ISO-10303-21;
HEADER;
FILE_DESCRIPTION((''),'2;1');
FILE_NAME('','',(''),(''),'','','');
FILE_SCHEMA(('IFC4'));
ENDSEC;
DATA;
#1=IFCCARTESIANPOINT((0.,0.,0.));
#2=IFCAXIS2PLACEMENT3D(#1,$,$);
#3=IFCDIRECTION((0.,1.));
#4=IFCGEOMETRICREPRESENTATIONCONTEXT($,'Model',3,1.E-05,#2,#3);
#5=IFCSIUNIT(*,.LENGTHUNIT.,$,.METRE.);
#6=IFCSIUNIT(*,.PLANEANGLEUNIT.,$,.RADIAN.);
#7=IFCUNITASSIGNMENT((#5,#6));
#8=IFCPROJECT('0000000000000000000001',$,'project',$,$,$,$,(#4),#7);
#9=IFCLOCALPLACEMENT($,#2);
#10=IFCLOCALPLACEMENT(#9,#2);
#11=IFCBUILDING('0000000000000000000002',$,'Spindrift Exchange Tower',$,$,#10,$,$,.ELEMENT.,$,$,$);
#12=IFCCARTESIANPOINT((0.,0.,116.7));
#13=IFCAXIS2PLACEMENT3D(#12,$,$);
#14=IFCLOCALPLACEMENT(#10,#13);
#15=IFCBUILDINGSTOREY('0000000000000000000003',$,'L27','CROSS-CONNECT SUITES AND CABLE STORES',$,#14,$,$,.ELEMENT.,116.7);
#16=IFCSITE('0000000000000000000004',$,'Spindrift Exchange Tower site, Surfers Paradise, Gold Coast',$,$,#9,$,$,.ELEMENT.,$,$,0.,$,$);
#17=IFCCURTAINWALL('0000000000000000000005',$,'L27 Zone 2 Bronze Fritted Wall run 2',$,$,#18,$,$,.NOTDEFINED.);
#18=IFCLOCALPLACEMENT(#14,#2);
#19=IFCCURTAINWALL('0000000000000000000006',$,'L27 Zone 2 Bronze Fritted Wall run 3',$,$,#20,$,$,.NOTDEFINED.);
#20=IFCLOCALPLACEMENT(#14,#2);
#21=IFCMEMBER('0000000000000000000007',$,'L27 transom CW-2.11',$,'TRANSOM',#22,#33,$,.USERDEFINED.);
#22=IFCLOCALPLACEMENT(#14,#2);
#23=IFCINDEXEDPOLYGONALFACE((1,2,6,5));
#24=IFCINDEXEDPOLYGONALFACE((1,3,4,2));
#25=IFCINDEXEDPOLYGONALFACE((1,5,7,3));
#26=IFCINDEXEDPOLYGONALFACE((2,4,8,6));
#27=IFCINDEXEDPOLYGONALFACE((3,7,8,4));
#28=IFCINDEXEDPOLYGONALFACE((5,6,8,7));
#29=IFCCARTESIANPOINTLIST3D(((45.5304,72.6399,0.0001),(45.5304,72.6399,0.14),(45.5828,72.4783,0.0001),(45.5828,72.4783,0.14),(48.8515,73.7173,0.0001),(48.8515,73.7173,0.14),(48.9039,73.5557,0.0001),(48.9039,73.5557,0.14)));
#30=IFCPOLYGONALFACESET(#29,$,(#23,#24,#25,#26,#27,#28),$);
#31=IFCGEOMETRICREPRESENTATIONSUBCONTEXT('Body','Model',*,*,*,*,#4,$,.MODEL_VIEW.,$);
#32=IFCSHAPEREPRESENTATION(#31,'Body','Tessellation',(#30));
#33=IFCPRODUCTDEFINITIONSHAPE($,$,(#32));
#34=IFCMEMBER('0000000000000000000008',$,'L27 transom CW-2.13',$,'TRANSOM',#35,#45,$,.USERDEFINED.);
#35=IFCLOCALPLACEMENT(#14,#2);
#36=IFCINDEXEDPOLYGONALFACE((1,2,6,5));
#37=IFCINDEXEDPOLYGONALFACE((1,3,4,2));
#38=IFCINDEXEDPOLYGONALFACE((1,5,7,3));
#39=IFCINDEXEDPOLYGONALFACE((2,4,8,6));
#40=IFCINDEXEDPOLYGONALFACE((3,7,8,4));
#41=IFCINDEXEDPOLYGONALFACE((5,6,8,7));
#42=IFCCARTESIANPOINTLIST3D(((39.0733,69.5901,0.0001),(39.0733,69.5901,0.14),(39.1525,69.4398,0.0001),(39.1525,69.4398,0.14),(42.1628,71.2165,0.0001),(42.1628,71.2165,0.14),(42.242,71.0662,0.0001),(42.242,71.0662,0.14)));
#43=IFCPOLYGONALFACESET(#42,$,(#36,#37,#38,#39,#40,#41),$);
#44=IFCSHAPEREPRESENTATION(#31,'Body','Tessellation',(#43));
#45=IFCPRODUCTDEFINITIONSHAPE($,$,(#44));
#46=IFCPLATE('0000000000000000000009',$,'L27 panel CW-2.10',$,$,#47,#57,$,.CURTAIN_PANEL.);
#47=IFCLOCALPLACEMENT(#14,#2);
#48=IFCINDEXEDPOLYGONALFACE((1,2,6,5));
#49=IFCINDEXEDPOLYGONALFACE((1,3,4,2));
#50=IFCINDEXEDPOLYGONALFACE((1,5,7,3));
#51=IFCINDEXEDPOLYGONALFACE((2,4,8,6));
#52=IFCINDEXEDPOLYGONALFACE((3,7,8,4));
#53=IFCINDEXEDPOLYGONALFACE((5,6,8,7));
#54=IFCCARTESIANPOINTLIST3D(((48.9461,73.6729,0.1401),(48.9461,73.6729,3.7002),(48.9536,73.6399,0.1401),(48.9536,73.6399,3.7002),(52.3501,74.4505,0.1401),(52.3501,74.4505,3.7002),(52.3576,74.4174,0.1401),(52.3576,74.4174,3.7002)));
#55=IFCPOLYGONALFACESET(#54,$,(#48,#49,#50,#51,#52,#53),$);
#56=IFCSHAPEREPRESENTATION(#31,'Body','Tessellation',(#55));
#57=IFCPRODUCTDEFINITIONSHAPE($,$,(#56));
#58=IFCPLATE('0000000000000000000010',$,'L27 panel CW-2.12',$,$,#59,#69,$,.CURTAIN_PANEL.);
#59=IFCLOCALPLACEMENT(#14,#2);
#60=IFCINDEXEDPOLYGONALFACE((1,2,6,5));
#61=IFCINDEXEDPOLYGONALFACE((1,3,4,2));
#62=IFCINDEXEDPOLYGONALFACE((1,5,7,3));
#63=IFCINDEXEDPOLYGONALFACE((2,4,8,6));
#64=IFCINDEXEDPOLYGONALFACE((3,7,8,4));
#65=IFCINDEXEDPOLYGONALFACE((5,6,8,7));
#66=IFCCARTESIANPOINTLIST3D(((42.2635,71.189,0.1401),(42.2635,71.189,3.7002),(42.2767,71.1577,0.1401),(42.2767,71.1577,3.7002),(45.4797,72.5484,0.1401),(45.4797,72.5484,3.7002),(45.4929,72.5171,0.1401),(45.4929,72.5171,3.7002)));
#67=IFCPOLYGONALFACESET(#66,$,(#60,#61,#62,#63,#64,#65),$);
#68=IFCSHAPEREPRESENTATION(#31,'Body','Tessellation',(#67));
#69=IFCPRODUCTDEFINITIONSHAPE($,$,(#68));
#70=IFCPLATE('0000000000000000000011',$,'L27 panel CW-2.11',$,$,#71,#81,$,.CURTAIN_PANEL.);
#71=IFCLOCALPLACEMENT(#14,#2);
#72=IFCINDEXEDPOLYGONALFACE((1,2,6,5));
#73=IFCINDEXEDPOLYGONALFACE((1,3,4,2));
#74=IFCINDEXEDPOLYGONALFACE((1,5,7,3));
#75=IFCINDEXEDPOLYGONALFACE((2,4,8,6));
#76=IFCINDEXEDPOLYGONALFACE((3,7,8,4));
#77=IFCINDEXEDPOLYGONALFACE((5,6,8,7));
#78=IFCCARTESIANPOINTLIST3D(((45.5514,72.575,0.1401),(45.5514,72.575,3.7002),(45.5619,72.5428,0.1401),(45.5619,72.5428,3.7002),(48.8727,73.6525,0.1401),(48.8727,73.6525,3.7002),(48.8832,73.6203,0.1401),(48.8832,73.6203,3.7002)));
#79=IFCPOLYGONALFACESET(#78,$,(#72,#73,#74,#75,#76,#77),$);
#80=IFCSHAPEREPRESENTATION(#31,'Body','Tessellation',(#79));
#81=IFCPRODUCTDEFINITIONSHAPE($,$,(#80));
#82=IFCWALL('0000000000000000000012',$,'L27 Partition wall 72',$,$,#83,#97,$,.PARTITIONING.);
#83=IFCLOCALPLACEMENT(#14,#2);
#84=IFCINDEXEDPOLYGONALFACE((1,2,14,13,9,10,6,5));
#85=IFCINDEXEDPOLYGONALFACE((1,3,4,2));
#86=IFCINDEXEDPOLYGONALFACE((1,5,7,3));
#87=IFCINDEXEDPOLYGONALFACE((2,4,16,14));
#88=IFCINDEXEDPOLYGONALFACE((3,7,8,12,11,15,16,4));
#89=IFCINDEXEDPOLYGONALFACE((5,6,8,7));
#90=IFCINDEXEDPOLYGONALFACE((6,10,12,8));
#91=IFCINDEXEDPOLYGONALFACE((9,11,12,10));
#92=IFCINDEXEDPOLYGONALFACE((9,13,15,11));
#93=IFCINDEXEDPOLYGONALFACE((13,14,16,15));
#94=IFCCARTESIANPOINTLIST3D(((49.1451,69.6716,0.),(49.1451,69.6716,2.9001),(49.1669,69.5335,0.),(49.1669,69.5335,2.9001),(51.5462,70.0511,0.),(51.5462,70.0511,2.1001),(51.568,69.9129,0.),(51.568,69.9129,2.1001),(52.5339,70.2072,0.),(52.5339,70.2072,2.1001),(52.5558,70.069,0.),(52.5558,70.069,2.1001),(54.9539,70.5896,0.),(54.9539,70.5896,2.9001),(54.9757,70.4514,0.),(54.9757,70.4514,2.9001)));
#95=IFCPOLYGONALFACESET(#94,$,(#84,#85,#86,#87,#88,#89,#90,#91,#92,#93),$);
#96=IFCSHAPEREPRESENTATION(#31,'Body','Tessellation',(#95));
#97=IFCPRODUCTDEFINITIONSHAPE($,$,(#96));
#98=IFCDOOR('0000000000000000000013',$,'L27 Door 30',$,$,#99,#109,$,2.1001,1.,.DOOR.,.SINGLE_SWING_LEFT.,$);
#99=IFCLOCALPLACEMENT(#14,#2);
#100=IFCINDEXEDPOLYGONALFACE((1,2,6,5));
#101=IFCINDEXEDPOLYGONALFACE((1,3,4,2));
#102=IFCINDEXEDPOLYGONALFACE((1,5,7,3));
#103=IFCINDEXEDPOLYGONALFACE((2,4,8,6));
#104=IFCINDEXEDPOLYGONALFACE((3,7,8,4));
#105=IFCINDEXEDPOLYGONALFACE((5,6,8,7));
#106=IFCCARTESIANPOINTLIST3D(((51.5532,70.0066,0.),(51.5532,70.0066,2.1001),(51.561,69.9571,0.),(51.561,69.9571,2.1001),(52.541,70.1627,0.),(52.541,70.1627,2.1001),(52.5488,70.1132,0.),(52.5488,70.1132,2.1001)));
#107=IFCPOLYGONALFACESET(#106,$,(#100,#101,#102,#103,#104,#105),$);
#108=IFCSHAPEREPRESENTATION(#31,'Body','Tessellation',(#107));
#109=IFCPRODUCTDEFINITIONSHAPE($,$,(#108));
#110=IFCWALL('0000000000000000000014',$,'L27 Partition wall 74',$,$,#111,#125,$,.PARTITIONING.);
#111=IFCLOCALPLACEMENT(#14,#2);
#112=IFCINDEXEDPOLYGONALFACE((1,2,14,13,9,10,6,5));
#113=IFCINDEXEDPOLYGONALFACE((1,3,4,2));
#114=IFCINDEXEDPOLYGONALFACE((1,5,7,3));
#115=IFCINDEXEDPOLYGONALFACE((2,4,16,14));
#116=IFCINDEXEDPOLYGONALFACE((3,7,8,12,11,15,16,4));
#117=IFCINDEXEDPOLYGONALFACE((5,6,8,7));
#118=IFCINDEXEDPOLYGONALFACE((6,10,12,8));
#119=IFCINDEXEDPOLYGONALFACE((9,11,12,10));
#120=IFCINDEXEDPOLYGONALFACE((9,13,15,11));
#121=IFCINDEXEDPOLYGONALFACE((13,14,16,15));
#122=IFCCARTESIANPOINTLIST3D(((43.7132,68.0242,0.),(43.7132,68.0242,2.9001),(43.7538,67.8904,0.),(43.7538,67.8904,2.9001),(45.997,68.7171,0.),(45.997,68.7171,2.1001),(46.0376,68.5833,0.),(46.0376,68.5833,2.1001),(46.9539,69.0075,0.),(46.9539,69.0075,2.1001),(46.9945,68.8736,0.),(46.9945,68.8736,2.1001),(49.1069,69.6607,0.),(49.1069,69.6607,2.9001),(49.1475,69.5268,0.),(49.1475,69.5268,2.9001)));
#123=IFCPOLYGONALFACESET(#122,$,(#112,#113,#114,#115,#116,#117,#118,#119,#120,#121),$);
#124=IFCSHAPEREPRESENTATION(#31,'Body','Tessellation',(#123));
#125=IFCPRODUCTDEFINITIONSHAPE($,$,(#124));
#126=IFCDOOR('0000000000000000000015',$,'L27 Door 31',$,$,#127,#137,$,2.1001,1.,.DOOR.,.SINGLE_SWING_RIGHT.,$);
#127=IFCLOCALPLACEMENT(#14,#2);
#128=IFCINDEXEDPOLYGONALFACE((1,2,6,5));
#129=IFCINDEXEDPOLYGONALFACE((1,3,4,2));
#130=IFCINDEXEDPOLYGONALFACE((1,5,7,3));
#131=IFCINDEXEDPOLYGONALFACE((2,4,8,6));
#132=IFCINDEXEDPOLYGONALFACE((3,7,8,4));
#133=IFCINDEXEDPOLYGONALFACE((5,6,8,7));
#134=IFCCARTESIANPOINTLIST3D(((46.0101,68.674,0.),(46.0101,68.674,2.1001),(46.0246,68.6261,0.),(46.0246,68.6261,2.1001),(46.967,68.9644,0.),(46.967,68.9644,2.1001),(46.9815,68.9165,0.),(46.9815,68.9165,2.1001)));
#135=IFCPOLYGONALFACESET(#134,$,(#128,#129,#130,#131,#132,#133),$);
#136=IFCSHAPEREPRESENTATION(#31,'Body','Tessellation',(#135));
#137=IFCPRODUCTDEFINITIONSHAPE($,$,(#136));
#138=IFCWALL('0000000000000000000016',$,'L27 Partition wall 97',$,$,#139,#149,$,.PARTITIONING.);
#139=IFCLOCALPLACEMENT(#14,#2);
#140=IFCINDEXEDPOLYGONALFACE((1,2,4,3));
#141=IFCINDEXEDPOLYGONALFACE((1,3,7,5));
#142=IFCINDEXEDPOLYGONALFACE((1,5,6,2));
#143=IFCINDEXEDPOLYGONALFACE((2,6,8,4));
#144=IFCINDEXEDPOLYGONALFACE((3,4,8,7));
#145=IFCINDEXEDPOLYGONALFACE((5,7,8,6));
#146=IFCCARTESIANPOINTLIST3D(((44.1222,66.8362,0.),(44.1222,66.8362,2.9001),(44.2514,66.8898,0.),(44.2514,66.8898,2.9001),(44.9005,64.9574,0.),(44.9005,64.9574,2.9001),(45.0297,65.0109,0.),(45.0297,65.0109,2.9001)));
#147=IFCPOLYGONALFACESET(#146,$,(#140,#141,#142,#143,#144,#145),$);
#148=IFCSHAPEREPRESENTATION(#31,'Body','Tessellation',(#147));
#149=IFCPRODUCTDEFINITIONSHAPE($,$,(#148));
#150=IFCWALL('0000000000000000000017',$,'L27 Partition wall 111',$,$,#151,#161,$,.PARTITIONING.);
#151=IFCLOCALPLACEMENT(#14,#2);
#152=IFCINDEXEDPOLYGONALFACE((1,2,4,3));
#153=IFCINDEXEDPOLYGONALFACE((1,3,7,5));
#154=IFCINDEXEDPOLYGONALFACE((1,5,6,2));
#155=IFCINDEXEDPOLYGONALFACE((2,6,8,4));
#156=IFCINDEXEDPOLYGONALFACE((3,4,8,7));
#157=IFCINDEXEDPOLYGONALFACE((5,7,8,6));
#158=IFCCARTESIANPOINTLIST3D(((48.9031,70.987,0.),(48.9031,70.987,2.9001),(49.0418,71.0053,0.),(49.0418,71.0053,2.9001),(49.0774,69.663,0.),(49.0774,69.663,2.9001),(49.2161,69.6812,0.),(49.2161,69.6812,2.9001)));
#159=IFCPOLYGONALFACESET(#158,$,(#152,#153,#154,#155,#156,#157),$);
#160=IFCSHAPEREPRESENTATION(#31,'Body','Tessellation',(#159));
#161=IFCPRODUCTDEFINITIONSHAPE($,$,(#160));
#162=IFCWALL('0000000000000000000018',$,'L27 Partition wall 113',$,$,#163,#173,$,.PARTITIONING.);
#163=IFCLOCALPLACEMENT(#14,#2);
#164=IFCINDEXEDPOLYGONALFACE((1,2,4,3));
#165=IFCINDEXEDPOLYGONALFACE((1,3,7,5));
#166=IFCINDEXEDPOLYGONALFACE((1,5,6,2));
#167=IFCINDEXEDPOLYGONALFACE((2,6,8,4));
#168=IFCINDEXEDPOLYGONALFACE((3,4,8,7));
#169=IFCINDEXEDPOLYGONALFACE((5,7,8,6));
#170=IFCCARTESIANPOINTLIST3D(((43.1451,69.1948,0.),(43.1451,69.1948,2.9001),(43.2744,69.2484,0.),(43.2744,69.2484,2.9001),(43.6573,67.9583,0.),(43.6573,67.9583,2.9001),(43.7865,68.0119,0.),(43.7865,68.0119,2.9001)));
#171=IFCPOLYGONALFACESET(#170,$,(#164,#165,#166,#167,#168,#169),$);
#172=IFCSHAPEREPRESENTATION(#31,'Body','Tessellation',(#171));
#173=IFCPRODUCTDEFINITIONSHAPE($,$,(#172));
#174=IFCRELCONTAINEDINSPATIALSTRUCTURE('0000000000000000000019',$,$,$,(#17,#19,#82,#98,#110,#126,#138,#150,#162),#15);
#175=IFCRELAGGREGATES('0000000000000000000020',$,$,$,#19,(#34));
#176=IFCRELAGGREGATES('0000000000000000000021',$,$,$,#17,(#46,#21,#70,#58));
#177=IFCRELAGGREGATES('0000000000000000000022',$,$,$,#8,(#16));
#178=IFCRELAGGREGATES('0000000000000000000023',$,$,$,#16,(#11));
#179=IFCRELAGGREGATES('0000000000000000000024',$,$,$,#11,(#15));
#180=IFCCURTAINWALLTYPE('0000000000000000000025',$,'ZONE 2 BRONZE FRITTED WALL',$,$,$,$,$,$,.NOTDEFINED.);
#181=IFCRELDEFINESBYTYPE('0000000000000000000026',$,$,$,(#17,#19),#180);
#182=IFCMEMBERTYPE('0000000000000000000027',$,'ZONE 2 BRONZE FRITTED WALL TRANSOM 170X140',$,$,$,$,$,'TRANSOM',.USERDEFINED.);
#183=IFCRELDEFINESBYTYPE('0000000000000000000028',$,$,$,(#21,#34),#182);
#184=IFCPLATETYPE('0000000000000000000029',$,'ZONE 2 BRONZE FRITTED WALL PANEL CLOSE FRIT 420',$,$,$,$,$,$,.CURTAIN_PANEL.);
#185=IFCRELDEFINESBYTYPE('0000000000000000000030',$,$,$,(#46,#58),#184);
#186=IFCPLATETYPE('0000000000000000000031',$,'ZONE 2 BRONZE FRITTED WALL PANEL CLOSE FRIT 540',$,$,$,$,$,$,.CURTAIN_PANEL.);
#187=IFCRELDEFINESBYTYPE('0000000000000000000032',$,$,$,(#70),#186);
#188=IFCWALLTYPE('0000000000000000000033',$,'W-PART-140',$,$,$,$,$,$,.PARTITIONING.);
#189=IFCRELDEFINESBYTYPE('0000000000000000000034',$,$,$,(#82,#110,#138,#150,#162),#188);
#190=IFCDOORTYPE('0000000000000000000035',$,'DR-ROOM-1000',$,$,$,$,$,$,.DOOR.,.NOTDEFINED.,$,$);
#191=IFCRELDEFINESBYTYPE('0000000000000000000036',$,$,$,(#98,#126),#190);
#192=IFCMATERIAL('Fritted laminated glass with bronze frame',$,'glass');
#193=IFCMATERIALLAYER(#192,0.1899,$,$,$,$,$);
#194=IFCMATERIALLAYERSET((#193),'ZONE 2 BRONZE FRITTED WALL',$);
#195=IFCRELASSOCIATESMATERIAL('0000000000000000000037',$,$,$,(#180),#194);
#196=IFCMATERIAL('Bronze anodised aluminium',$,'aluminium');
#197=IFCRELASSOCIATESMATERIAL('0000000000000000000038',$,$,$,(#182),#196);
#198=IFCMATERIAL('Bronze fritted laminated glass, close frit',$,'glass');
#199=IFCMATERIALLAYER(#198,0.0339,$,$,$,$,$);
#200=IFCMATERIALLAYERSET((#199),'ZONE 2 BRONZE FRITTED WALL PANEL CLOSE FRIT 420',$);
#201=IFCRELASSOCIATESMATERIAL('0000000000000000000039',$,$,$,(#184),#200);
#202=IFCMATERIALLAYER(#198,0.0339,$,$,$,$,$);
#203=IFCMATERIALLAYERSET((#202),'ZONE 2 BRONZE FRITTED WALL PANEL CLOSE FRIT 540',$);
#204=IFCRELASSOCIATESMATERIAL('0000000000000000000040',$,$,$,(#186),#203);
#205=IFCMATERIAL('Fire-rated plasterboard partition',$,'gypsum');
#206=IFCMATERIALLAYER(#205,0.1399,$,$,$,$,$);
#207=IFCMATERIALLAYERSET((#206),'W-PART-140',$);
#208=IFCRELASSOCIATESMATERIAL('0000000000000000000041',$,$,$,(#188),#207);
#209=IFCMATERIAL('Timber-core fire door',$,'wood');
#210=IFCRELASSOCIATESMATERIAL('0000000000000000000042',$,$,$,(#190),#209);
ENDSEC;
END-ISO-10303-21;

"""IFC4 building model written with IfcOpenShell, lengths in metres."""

from ifc_helpers import new_model, si_unit, direction, frame, frame_2d, origin, origin_2d, place, context, subcontext, project, spatial, rectangle, extrude, source, transform, mapped, material, layer, layer_set, material_profile, profile_set, type_object, element, fill, aggregate, save


model = new_model("IFC4")

# Units and contexts
model_context = context("Model", 3, precision=1e-05, world=origin(), true_north=direction((0.0, 1.0)))
body_context = subcontext(model_context, "Body", "Model", "MODEL_VIEW")
ifc_project = project(units=[si_unit("LENGTHUNIT", "METRE"), si_unit("PLANEANGLEUNIT", "RADIAN")], contexts=[model_context])

# Site, building, storey
site_placement = place(None, origin())
site = spatial("IfcSite", under=ifc_project, at=site_placement, Name="Spindrift Exchange Tower site, Surfers Paradise, Gold Coast", CompositionType="ELEMENT", RefElevation=0.0)
building_placement = place(site_placement, origin())
building = spatial("IfcBuilding", under=site, at=building_placement, Name="Spindrift Exchange Tower", CompositionType="ELEMENT")
storey_placement = place(building_placement, frame((0.0, 0.0, 116.7)))
storey = spatial("IfcBuildingStorey", under=building, at=storey_placement, Name="L27", Description="CROSS-CONNECT SUITES AND CABLE STORES", CompositionType="ELEMENT", Elevation=116.7)

# Curtain wall
ifc_material_1 = material(Name="Fritted laminated glass with bronze frame", Category="glass")
ifc_layer_1 = layer(ifc_material_1, 0.1899)
ifc_layer_set_1 = layer_set([ifc_layer_1], Name="ZONE 2 BRONZE FRITTED WALL")
curtain_wall_type = type_object("IfcCurtainWallType", Name="ZONE 2 BRONZE FRITTED WALL", PredefinedType="NOTDEFINED", material=ifc_layer_set_1)
curtain_wall_1_placement = place(storey_placement, origin())
curtain_wall_1 = element("IfcCurtainWall", 1, at=curtain_wall_1_placement, inside=storey, type_object=curtain_wall_type, Name="L27 Zone 2 Bronze Fritted Wall run 2", PredefinedType="NOTDEFINED")
ifc_material_2 = material(Name="Bronze anodised aluminium", Category="aluminium")

# Curtain wall
curtain_wall_2_placement = place(storey_placement, origin())
curtain_wall_2 = element("IfcCurtainWall", 2, at=curtain_wall_2_placement, inside=storey, type_object=curtain_wall_type, Name="L27 Zone 2 Bronze Fritted Wall run 3", PredefinedType="NOTDEFINED")

# Members
ifc_material_profile_1 = material_profile(ifc_material_2, rectangle(XDim=0.1699, YDim=0.1399, at=origin_2d()), Name="ZONE 2 BRONZE FRITTED WALL TRANSOM 170X140")
ifc_profile_set_1 = profile_set([ifc_material_profile_1], Name="Bronze anodised aluminium")
member_type_1 = type_object("IfcMemberType", Name="ZONE 2 BRONZE FRITTED WALL TRANSOM 170X140", ElementType="TRANSOM", PredefinedType="USERDEFINED", material=ifc_profile_set_1)
shared_shape_1 = source(origin(), body_context, "Body", "SweptSolid", [
    extrude(rectangle(XDim=0.1699, YDim=0.1399, at=origin_2d()), origin(), (0.0, 0.0, 1.0), 3.4915),
])
member_1_placement = place(storey_placement, frame((48.8777, 73.6365, 0.0701), z_axis=(-0.951198, -0.308582, 0.0), x_axis=(0.308582, -0.951198, 0.0)))
member_1 = element("IfcMember", 3, at=member_1_placement, type_object=member_type_1, Name="L27 transom CW-2.11", ObjectType="TRANSOM", PredefinedType="USERDEFINED", context=body_context, shape_type="MappedRepresentation", body=[
    mapped(shared_shape_1, transform((0.0, 0.0, 0.0), scale=1.0)),
])
member_2_placement = place(storey_placement, frame((42.2024, 71.1414, 0.0701), z_axis=(-0.884876, -0.465827, 0.0), x_axis=(0.465827, -0.884876, 0.0)))
member_2 = element("IfcMember", 4, at=member_2_placement, type_object=member_type_1, Name="L27 transom CW-2.13", ObjectType="TRANSOM", PredefinedType="USERDEFINED", context=body_context, shape_type="MappedRepresentation", body=[
    mapped(shared_shape_1, transform((0.0, 0.0, 0.0), scale=1.0)),
])
aggregate(curtain_wall_2, [member_2])

# Plates
ifc_material_3 = material(Name="Bronze fritted laminated glass, close frit", Category="glass")
ifc_layer_2 = layer(ifc_material_3, 0.0339)
ifc_layer_set_2 = layer_set([ifc_layer_2], Name="ZONE 2 BRONZE FRITTED WALL PANEL CLOSE FRIT 420")
plate_type_1 = type_object("IfcPlateType", Name="ZONE 2 BRONZE FRITTED WALL PANEL CLOSE FRIT 420", PredefinedType="CURTAIN_PANEL", material=ifc_layer_set_2)
shared_shape_2 = source(origin(), body_context, "Body", "SweptSolid", [
    extrude(rectangle(XDim=3.4917, YDim=0.0339, at=origin_2d()), origin(), (0.0, 0.0, 1.0), 3.5601),
])
plate_1_placement = place(storey_placement, frame((50.6519, 74.0452, 0.1401), z_axis=(0.0, 0.0, 1.0), x_axis=(-0.974892, -0.22268, 0.0)))
plate_1 = element("IfcPlate", 5, at=plate_1_placement, type_object=plate_type_1, Name="L27 panel CW-2.10", PredefinedType="CURTAIN_PANEL", context=body_context, shape_type="MappedRepresentation", body=[
    mapped(shared_shape_2, transform((0.0, 0.0, 0.0), scale=1.0)),
])
plate_2_placement = place(storey_placement, frame((43.8782, 71.853, 0.1401), z_axis=(0.0, 0.0, 1.0), x_axis=(-0.921101, -0.389323, 0.0)))
plate_2 = element("IfcPlate", 6, at=plate_2_placement, type_object=plate_type_1, Name="L27 panel CW-2.12", PredefinedType="CURTAIN_PANEL", context=body_context, shape_type="MappedRepresentation", body=[
    mapped(shared_shape_2, transform((0.0, 0.0, 0.0), scale=1.0)),
])
ifc_layer_3 = layer(ifc_material_3, 0.0339)
ifc_layer_set_3 = layer_set([ifc_layer_3], Name="ZONE 2 BRONZE FRITTED WALL PANEL CLOSE FRIT 540")
plate_type_2 = type_object("IfcPlateType", Name="ZONE 2 BRONZE FRITTED WALL PANEL CLOSE FRIT 540", PredefinedType="CURTAIN_PANEL", material=ifc_layer_set_3)
shared_shape_3 = source(origin(), body_context, "Body", "SweptSolid", [
    extrude(rectangle(XDim=3.4917, YDim=0.0339, at=origin_2d()), origin(), (0.0, 0.0, 1.0), 3.5601),
])
plate_3_placement = place(storey_placement, frame((47.2173, 73.0977, 0.1401), z_axis=(0.0, 0.0, 1.0), x_axis=(-0.951196, -0.308589, 0.0)))
plate_3 = element("IfcPlate", 7, at=plate_3_placement, type_object=plate_type_2, Name="L27 panel CW-2.11", PredefinedType="CURTAIN_PANEL", context=body_context, shape_type="MappedRepresentation", body=[
    mapped(shared_shape_3, transform((0.0, 0.0, 0.0), scale=1.0)),
])
aggregate(curtain_wall_1, [plate_1, member_1, plate_3, plate_2])

# Walls, openings, doors
ifc_material_4 = material(Name="Fire-rated plasterboard partition", Category="gypsum")
ifc_layer_4 = layer(ifc_material_4, 0.1399)
ifc_layer_set_4 = layer_set([ifc_layer_4], Name="W-PART-140")
wall_type = type_object("IfcWallType", Name="W-PART-140", PredefinedType="PARTITIONING", material=ifc_layer_set_4)
wall_1_placement = place(storey_placement, frame((49.156, 69.6025, 0.0), z_axis=(0.0, 0.0, 1.0), x_axis=(0.987742, 0.156093, 0.0)))
wall_1 = element("IfcWall", 8, at=wall_1_placement, inside=storey, type_object=wall_type, Name="L27 Partition wall 72", PredefinedType="PARTITIONING", context=body_context, shape_type="SweptSolid", body=[
    extrude(rectangle(XDim=5.8809, YDim=0.1399, at=frame_2d((2.9404, 0.0))), origin(), (0.0, 0.0, 1.0), 2.9001),
])
opening_1_placement = place(wall_1_placement, frame((2.4309, 0.0, 0.0)))
opening_1 = element("IfcOpeningElement", 9, at=opening_1_placement, cuts=wall_1, PredefinedType="OPENING", context=body_context, shape_type="SweptSolid", body=[
    extrude(rectangle(XDim=1.0, YDim=2.1001, at=frame_2d((0.5, 1.05))), frame((0.0, 0.0798, 0.0), z_axis=(0.0, -1.0, 0.0), x_axis=(1.0, 0.0, 0.0)), (0.0, 0.0, 1.0), 0.1599),
])
ifc_material_5 = material(Name="Timber-core fire door", Category="wood")
door_type = type_object("IfcDoorType", Name="DR-ROOM-1000", OperationType="NOTDEFINED", PredefinedType="DOOR", material=ifc_material_5)
shared_shape_4 = source(origin(), body_context, "Body", "SweptSolid", [
    extrude(rectangle(XDim=1.0, YDim=2.1001, at=frame_2d((0.5, 1.05))), frame((0.0, 0.0249, 0.0), z_axis=(0.0, -1.0, 0.0), x_axis=(1.0, 0.0, 0.0)), (0.0, 0.0, 1.0), 0.05),
])
door_1_placement = place(opening_1_placement, origin())
door_1 = element("IfcDoor", 10, at=door_1_placement, inside=storey, type_object=door_type, Name="L27 Door 30", OperationType="SINGLE_SWING_LEFT", OverallHeight=2.1001, OverallWidth=1.0, PredefinedType="DOOR", context=body_context, shape_type="MappedRepresentation", body=[
    mapped(shared_shape_4, transform((0.0, 0.0, 0.0), scale=1.0)),
])
fill(opening_1, door_1)
wall_2_placement = place(storey_placement, frame((43.7334, 67.9573, 0.0), z_axis=(0.0, 0.0, 1.0), x_axis=(0.956926, 0.290331, 0.0)))
wall_2 = element("IfcWall", 11, at=wall_2_placement, inside=storey, type_object=wall_type, Name="L27 Partition wall 74", PredefinedType="PARTITIONING", context=body_context, shape_type="SweptSolid", body=[
    extrude(rectangle(XDim=5.6365, YDim=0.1399, at=frame_2d((2.8184, 0.0))), origin(), (0.0, 0.0, 1.0), 2.9001),
])
opening_2_placement = place(wall_2_placement, frame((2.3867, 0.0, 0.0)))
opening_2 = element("IfcOpeningElement", 12, at=opening_2_placement, cuts=wall_2, PredefinedType="OPENING", context=body_context, shape_type="SweptSolid", body=[
    extrude(rectangle(XDim=1.0, YDim=2.1001, at=frame_2d((0.5, 1.05))), frame((0.0, 0.0798, 0.0), z_axis=(0.0, -1.0, 0.0), x_axis=(1.0, 0.0, 0.0)), (0.0, 0.0, 1.0), 0.1599),
])
door_2_placement = place(opening_2_placement, origin())
door_2 = element("IfcDoor", 13, at=door_2_placement, inside=storey, type_object=door_type, Name="L27 Door 31", OperationType="SINGLE_SWING_RIGHT", OverallHeight=2.1001, OverallWidth=1.0, PredefinedType="DOOR", context=body_context, shape_type="MappedRepresentation", body=[
    mapped(shared_shape_4, transform((0.0, 0.0, 0.0), scale=1.0)),
])
fill(opening_2, door_2)

# Walls
wall_3_placement = place(storey_placement, frame((44.9651, 64.9841, 0.0), z_axis=(0.0, 0.0, 1.0), x_axis=(-0.382705, 0.923871, 0.0)))
element("IfcWall", 14, at=wall_3_placement, inside=storey, type_object=wall_type, Name="L27 Partition wall 97", PredefinedType="PARTITIONING", context=body_context, shape_type="SweptSolid", body=[
    extrude(rectangle(XDim=2.0337, YDim=0.1399, at=frame_2d((1.0168, 0.0))), origin(), (0.0, 0.0, 1.0), 2.9001),
])
wall_4_placement = place(storey_placement, frame((49.1467, 69.6721, 0.0), z_axis=(0.0, 0.0, 1.0), x_axis=(-0.130535, 0.991444, 0.0)))
element("IfcWall", 15, at=wall_4_placement, inside=storey, type_object=wall_type, Name="L27 Partition wall 111", PredefinedType="PARTITIONING", context=body_context, shape_type="SweptSolid", body=[
    extrude(rectangle(XDim=1.3354, YDim=0.1399, at=frame_2d((0.6677, 0.0))), origin(), (0.0, 0.0, 1.0), 2.9001),
])
wall_5_placement = place(storey_placement, frame((43.7219, 67.9851, 0.0), z_axis=(0.0, 0.0, 1.0), x_axis=(-0.382685, 0.923879, 0.0)))
element("IfcWall", 16, at=wall_5_placement, inside=storey, type_object=wall_type, Name="L27 Partition wall 113", PredefinedType="PARTITIONING", context=body_context, shape_type="SweptSolid", body=[
    extrude(rectangle(XDim=1.3384, YDim=0.1399, at=frame_2d((0.6692, 0.0))), origin(), (0.0, 0.0, 1.0), 2.9001),
])

save(model, "model.ifc")
